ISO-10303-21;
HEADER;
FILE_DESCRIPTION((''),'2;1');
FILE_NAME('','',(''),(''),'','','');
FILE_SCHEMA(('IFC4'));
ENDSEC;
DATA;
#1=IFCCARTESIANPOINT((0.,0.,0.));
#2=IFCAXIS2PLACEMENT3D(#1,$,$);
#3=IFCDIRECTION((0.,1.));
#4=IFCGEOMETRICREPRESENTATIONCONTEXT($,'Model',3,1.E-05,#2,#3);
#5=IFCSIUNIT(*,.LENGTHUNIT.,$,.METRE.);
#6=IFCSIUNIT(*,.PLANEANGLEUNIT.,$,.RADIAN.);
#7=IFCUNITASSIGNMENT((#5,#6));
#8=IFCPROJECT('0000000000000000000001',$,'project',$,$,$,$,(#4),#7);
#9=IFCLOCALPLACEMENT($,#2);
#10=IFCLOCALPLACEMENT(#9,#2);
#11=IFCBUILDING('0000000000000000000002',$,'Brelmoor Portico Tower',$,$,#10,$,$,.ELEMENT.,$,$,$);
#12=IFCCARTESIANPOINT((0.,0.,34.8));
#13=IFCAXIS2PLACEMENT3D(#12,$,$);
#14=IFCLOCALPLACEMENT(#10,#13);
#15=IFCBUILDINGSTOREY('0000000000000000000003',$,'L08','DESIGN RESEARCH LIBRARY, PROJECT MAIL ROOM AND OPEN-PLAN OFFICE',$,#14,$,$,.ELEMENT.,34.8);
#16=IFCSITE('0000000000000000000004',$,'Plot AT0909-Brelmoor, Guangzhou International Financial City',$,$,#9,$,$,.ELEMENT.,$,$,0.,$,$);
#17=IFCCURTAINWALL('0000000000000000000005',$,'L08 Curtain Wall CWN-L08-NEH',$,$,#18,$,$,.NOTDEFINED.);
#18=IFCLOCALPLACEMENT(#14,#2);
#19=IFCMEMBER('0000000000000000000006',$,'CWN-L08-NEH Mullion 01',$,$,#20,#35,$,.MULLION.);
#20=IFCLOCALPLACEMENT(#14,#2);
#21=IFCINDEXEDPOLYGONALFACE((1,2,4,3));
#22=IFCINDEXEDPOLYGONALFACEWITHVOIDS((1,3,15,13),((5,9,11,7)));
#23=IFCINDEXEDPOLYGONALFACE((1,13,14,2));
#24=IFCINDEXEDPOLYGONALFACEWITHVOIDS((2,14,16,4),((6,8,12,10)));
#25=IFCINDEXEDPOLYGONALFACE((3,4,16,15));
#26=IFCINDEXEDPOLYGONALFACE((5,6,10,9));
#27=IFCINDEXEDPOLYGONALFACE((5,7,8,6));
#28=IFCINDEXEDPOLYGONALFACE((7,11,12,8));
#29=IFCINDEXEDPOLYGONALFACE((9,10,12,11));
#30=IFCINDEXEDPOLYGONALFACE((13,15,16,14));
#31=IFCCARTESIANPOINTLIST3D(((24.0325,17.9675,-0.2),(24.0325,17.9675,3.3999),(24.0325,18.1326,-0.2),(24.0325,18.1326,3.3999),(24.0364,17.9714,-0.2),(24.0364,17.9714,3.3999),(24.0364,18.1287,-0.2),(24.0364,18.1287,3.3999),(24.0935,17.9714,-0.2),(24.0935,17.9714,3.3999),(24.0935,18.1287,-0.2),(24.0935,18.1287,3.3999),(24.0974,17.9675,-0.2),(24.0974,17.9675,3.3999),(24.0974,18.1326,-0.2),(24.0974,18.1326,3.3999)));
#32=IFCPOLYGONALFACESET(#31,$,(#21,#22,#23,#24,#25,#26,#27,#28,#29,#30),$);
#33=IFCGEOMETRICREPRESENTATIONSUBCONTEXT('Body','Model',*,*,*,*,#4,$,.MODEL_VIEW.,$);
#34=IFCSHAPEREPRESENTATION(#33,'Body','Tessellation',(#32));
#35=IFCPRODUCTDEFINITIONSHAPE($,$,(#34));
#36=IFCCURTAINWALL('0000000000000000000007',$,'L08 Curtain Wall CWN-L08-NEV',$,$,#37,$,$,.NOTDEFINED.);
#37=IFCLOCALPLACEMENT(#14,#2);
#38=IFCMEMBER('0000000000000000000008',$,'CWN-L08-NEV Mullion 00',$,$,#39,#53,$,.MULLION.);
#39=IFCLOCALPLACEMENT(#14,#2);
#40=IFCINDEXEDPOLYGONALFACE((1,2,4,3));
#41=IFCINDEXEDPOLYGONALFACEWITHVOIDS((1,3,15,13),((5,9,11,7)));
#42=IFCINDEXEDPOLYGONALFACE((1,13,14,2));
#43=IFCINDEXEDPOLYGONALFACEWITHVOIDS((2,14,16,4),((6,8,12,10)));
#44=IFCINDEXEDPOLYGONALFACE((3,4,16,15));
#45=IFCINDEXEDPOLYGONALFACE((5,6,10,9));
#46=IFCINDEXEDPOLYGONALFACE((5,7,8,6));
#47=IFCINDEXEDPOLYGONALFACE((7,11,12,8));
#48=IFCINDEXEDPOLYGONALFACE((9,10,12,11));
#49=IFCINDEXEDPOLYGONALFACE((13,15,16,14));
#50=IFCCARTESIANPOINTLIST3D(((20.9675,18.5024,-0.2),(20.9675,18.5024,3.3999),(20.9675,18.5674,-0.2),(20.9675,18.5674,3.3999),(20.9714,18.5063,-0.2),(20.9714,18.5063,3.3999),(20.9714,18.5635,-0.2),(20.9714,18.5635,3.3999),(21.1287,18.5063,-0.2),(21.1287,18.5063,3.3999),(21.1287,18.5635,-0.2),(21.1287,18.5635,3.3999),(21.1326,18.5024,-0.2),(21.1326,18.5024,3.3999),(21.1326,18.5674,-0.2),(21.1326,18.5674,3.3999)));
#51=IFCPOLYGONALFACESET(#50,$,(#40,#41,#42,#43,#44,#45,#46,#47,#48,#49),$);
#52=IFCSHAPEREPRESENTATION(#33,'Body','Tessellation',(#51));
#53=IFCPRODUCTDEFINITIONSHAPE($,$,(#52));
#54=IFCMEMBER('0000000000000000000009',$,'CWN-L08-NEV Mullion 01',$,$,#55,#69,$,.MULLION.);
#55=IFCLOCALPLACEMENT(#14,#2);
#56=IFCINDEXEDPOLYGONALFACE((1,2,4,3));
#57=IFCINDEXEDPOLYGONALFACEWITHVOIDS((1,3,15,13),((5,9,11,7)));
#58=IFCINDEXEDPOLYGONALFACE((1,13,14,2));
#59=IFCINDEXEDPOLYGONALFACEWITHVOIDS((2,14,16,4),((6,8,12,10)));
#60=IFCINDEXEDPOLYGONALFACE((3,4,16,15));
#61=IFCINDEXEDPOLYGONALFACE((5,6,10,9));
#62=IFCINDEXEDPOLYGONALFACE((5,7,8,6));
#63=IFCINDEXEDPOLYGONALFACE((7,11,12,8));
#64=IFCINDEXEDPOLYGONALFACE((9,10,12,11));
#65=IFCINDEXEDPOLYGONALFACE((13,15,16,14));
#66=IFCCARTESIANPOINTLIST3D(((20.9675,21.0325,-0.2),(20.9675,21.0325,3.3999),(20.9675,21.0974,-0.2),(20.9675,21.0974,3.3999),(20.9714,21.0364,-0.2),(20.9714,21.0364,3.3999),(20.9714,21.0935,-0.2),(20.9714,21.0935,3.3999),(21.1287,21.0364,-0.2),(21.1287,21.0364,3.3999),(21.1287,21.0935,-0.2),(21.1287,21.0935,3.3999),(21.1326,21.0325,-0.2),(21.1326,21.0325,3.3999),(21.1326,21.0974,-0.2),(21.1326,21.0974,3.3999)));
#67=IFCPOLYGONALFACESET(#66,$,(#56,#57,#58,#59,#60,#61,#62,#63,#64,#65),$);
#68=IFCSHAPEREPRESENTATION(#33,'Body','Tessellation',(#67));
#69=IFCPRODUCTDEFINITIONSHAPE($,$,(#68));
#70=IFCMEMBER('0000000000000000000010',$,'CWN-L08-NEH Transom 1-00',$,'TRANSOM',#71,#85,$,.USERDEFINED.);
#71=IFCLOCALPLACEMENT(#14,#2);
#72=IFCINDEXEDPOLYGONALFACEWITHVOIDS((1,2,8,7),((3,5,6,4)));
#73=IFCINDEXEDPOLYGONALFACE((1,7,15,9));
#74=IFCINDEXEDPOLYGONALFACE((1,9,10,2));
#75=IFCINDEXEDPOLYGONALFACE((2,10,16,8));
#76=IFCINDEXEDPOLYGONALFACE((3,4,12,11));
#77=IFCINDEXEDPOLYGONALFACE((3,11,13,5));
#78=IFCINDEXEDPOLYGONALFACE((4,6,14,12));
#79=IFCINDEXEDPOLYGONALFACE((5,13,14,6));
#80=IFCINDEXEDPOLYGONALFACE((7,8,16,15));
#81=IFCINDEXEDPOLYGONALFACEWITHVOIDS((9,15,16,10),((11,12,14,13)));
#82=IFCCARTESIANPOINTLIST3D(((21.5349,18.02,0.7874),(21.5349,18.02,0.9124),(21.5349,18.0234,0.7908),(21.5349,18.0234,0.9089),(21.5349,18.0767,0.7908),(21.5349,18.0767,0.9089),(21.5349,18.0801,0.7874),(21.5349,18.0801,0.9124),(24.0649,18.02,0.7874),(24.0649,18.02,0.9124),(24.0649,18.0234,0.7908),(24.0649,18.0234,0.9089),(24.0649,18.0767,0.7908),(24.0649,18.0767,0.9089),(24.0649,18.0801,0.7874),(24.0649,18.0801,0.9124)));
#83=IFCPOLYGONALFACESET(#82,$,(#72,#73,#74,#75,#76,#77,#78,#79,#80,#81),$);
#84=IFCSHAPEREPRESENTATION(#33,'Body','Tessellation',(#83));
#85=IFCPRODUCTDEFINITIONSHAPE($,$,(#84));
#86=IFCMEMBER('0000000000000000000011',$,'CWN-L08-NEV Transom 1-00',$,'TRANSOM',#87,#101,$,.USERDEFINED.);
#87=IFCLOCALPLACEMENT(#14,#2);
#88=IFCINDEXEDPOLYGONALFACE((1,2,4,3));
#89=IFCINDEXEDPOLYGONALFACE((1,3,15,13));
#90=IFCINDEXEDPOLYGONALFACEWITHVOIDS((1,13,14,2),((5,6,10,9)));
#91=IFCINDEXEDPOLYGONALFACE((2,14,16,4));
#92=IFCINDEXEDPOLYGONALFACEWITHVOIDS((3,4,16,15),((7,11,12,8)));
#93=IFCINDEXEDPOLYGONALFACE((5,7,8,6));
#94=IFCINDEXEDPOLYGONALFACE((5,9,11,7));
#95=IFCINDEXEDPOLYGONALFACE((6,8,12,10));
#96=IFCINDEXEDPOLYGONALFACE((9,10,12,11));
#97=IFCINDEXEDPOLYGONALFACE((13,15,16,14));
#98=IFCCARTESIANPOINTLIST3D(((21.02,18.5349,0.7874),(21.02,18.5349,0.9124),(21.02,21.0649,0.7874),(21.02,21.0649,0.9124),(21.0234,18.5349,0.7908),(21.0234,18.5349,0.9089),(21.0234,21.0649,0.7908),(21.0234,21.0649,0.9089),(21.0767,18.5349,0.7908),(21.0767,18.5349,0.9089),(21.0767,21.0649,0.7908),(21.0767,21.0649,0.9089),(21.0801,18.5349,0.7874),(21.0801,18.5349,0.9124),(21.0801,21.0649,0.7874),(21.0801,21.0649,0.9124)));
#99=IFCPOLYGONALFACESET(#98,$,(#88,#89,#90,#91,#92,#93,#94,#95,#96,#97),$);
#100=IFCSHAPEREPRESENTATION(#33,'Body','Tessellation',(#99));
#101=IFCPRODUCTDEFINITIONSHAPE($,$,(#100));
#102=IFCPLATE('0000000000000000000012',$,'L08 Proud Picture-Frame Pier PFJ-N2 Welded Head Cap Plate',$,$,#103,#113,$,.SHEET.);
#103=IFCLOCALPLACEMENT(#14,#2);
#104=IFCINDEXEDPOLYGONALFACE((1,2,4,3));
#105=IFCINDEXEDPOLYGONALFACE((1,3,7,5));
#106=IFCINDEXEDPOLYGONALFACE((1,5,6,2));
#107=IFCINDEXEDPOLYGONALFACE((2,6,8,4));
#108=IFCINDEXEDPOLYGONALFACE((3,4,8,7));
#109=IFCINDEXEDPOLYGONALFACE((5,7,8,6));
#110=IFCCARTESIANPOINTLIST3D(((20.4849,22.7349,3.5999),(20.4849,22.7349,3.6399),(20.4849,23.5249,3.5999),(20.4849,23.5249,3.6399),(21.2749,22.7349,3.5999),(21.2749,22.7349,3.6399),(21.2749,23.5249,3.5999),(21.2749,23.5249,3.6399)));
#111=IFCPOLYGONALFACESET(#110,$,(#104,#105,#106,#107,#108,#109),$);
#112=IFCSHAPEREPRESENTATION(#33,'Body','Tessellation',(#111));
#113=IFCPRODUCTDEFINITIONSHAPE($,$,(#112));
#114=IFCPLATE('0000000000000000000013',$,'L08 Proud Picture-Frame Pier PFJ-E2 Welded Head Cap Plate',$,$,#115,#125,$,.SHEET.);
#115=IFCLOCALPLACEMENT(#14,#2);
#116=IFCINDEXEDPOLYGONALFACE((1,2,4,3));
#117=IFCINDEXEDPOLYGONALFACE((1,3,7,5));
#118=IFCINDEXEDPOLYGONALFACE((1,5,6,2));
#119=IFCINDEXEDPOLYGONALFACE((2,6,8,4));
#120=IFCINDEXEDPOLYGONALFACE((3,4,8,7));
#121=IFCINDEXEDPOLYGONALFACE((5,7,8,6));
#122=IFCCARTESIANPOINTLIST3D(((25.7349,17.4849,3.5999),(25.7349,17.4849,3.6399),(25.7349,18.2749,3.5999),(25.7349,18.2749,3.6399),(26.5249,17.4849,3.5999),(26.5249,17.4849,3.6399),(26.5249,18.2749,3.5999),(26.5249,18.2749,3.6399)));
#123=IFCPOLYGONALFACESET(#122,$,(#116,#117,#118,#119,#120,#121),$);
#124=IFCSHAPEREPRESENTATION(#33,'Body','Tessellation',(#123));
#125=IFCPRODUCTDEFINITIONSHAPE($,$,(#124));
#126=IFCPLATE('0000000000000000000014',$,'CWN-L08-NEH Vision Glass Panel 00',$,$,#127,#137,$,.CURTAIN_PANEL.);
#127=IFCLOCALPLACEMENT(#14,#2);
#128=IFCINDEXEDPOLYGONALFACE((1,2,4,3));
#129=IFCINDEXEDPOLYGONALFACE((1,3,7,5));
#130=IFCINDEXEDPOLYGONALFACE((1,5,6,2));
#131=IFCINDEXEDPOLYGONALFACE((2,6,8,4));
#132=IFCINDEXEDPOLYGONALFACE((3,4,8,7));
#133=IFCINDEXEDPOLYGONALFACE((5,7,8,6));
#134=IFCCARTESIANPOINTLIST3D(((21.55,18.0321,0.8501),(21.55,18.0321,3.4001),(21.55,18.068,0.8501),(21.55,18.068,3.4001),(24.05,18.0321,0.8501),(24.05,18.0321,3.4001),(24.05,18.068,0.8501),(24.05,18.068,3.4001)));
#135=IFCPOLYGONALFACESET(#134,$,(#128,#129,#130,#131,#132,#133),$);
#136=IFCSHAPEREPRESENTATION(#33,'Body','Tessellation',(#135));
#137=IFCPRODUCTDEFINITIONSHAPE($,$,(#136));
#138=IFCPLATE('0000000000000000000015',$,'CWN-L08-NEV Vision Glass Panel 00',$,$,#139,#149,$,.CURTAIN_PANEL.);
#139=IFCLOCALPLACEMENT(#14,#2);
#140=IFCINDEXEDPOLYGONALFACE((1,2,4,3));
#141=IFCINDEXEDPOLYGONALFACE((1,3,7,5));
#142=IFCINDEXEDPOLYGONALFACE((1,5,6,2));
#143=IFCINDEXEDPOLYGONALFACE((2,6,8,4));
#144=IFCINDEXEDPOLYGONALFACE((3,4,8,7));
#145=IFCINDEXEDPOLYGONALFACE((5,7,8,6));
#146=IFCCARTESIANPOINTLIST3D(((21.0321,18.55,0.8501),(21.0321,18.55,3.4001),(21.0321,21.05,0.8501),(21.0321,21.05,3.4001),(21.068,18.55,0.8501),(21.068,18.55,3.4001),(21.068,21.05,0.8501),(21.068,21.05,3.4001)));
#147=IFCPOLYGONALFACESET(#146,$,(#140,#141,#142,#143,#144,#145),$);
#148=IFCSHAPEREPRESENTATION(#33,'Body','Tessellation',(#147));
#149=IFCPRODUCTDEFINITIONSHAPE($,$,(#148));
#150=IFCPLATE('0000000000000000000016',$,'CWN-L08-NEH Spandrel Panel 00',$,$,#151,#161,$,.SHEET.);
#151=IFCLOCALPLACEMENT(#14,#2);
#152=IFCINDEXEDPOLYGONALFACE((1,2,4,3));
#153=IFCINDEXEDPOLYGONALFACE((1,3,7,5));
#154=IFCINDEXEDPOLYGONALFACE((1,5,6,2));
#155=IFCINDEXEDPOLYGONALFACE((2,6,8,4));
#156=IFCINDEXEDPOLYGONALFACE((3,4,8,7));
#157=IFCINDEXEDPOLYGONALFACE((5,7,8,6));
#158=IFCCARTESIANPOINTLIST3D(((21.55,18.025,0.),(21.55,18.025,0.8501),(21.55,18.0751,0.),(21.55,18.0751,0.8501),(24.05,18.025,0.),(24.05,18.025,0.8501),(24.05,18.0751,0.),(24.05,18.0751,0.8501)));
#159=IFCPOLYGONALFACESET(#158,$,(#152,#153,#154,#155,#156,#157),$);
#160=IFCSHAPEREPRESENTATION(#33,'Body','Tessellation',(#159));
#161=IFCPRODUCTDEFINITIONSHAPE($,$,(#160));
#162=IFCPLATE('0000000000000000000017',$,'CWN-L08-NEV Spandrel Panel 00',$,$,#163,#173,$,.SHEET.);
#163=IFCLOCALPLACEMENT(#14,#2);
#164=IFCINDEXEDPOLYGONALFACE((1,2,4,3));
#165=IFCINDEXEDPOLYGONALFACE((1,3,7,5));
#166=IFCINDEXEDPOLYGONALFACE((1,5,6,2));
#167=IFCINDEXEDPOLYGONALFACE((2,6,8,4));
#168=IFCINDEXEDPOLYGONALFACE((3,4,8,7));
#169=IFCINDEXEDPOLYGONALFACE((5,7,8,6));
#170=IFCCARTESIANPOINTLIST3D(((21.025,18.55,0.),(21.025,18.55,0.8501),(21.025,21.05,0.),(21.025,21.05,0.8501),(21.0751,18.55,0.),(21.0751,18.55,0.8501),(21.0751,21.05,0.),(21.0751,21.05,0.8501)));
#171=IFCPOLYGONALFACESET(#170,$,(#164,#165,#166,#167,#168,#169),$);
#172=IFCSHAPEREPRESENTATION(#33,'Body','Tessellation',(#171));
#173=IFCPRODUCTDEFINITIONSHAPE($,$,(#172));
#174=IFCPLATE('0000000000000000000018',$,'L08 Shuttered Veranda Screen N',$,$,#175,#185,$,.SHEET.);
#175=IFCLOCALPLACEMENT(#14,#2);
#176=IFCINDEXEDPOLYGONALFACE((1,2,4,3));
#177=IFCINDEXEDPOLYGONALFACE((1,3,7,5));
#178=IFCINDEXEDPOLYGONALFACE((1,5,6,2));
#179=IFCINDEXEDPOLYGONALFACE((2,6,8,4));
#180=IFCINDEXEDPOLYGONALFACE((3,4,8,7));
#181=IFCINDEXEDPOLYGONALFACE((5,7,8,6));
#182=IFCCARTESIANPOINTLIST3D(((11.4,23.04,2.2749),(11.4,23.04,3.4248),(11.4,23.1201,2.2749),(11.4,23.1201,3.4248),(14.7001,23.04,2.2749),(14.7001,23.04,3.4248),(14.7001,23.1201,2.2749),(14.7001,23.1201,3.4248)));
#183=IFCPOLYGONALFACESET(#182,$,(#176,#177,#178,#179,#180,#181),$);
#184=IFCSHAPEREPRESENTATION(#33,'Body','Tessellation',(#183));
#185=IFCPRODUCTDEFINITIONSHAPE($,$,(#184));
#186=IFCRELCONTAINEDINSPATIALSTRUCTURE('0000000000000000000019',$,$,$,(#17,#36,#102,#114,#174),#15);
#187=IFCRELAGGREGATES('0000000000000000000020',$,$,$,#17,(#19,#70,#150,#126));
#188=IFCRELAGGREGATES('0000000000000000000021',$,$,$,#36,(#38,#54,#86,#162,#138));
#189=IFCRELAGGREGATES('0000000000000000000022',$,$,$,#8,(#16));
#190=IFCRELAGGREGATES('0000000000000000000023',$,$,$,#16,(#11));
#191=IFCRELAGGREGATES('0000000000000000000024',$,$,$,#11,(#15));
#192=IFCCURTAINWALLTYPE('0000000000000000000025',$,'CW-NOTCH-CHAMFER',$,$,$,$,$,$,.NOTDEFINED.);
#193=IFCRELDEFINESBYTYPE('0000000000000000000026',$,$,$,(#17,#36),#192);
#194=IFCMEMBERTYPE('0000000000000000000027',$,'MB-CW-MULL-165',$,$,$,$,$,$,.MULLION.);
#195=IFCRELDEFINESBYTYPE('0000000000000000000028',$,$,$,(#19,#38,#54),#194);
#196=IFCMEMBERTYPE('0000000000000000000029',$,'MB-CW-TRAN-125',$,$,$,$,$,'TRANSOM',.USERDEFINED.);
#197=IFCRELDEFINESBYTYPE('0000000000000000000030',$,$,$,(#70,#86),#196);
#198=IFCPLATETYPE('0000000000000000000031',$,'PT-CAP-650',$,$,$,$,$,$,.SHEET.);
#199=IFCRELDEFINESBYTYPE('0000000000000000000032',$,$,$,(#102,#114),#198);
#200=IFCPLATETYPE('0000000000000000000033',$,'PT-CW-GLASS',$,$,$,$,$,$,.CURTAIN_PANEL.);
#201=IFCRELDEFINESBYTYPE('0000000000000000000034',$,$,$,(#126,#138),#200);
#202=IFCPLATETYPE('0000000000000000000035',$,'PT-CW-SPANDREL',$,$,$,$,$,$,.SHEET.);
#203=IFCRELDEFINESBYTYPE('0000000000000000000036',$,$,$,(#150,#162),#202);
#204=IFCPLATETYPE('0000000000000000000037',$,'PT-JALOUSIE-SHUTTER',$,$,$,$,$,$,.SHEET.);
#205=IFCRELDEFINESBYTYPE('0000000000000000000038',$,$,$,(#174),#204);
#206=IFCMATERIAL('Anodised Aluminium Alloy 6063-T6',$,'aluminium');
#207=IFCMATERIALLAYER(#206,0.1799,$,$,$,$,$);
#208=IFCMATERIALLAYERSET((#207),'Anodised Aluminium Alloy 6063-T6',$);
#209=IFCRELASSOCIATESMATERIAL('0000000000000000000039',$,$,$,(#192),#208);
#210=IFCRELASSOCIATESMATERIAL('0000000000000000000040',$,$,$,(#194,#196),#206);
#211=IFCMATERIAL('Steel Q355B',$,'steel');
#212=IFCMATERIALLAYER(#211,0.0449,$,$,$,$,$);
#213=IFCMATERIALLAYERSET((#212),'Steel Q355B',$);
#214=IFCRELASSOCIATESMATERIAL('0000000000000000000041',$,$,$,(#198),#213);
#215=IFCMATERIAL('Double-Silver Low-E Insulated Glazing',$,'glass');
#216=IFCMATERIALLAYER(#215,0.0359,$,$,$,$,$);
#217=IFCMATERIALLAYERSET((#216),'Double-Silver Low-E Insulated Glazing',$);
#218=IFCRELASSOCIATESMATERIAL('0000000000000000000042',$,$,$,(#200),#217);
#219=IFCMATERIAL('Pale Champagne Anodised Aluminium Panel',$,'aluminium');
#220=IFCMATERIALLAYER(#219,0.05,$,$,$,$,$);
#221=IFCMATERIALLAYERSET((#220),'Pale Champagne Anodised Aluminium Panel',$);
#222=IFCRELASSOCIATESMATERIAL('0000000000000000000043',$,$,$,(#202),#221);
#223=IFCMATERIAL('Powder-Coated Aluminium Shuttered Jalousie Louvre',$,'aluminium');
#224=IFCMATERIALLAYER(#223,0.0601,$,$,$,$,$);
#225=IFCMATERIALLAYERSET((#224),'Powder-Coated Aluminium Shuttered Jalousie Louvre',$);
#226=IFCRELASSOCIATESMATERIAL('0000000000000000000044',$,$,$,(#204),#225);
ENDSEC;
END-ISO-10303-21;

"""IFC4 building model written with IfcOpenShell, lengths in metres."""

from ifc_helpers import new_model, si_unit, direction, frame, origin, origin_2d, place, context, subcontext, project, spatial, rectangle, hollow_rectangle, extrude, material, layer, layer_set, material_profile, profile_set, type_object, element, aggregate, save


model = new_model("IFC4")

# Units and contexts
model_context = context("Model", 3, precision=1e-05, world=origin(), true_north=direction((0.0, 1.0)))
body_context = subcontext(model_context, "Body", "Model", "MODEL_VIEW")
ifc_project = project(units=[si_unit("LENGTHUNIT", "METRE"), si_unit("PLANEANGLEUNIT", "RADIAN")], contexts=[model_context])

# Site, building, storey
site_placement = place(None, origin())
site = spatial("IfcSite", under=ifc_project, at=site_placement, Name="Plot AT0909-Brelmoor, Guangzhou International Financial City", CompositionType="ELEMENT", RefElevation=0.0)
building_placement = place(site_placement, origin())
building = spatial("IfcBuilding", under=site, at=building_placement, Name="Brelmoor Portico Tower", CompositionType="ELEMENT")
storey_placement = place(building_placement, frame((0.0, 0.0, 34.8)))
storey = spatial("IfcBuildingStorey", under=building, at=storey_placement, Name="L08", Description="DESIGN RESEARCH LIBRARY, PROJECT MAIL ROOM AND OPEN-PLAN OFFICE", CompositionType="ELEMENT", Elevation=34.8)

# Shared definitions
ifc_material_1 = material(Name="Steel Q355B", Category="steel")

# Curtain walls, members
ifc_material_2 = material(Name="Anodised Aluminium Alloy 6063-T6", Category="aluminium")
ifc_layer_1 = layer(ifc_material_2, 0.1799)
ifc_layer_set_1 = layer_set([ifc_layer_1], Name="Anodised Aluminium Alloy 6063-T6")
curtain_wall_type = type_object("IfcCurtainWallType", Name="CW-NOTCH-CHAMFER", PredefinedType="NOTDEFINED", material=ifc_layer_set_1)
curtain_wall_1_placement = place(storey_placement, origin())
curtain_wall_1 = element("IfcCurtainWall", 1, at=curtain_wall_1_placement, inside=storey, type_object=curtain_wall_type, Name="L08 Curtain Wall CWN-L08-NEH", PredefinedType="NOTDEFINED")
ifc_material_profile_1 = material_profile(ifc_material_2, hollow_rectangle(XDim=0.0649, YDim=0.165, WallThickness=0.0039, at=origin_2d()), Name="ALU MULLION 65x165")
ifc_profile_set_1 = profile_set([ifc_material_profile_1], Name="Anodised Aluminium Alloy 6063-T6")
member_type_1 = type_object("IfcMemberType", Name="MB-CW-MULL-165", PredefinedType="MULLION", material=ifc_profile_set_1)
member_1_placement = place(storey_placement, frame((24.0649, 18.05, -0.2), z_axis=(0.0, 0.0, 1.0), x_axis=(1.0, 0.0, 0.0)))
member_1 = element("IfcMember", 2, at=member_1_placement, type_object=member_type_1, Name="CWN-L08-NEH Mullion 01", PredefinedType="MULLION", context=body_context, shape_type="SweptSolid", body=[
    extrude(hollow_rectangle(XDim=0.0649, YDim=0.165, WallThickness=0.0039, at=origin_2d()), origin(), (0.0, 0.0, 1.0), 3.5999),
])
curtain_wall_2_placement = place(storey_placement, origin())
curtain_wall_2 = element("IfcCurtainWall", 3, at=curtain_wall_2_placement, inside=storey, type_object=curtain_wall_type, Name="L08 Curtain Wall CWN-L08-NEV", PredefinedType="NOTDEFINED")
member_2_placement = place(storey_placement, frame((21.05, 18.5349, -0.2), z_axis=(0.0, 0.0, 1.0), x_axis=(0.0, 1.0, 0.0)))
member_2 = element("IfcMember", 4, at=member_2_placement, type_object=member_type_1, Name="CWN-L08-NEV Mullion 00", PredefinedType="MULLION", context=body_context, shape_type="SweptSolid", body=[
    extrude(hollow_rectangle(XDim=0.0649, YDim=0.165, WallThickness=0.0039, at=origin_2d()), origin(), (0.0, 0.0, 1.0), 3.5999),
])
member_3_placement = place(storey_placement, frame((21.05, 21.0649, -0.2), z_axis=(0.0, 0.0, 1.0), x_axis=(0.0, 1.0, 0.0)))
member_3 = element("IfcMember", 5, at=member_3_placement, type_object=member_type_1, Name="CWN-L08-NEV Mullion 01", PredefinedType="MULLION", context=body_context, shape_type="SweptSolid", body=[
    extrude(hollow_rectangle(XDim=0.0649, YDim=0.165, WallThickness=0.0039, at=origin_2d()), origin(), (0.0, 0.0, 1.0), 3.5999),
])

# Members
ifc_material_profile_2 = material_profile(ifc_material_2, hollow_rectangle(XDim=0.0601, YDim=0.125, WallThickness=0.0034, at=origin_2d()), Name="ALU TRANSOM 60x125")
ifc_profile_set_2 = profile_set([ifc_material_profile_2], Name="Anodised Aluminium Alloy 6063-T6")
member_type_2 = type_object("IfcMemberType", Name="MB-CW-TRAN-125", ElementType="TRANSOM", PredefinedType="USERDEFINED", material=ifc_profile_set_2)
member_4_placement = place(storey_placement, frame((21.5349, 18.05, 0.8499), z_axis=(1.0, 0.0, 0.0), x_axis=(0.0, 1.0, 0.0)))
member_4 = element("IfcMember", 6, at=member_4_placement, type_object=member_type_2, Name="CWN-L08-NEH Transom 1-00", ObjectType="TRANSOM", PredefinedType="USERDEFINED", context=body_context, shape_type="SweptSolid", body=[
    extrude(hollow_rectangle(XDim=0.0601, YDim=0.125, WallThickness=0.0034, at=origin_2d()), origin(), (0.0, 0.0, 1.0), 2.53),
])
member_5_placement = place(storey_placement, frame((21.05, 18.5349, 0.8499), z_axis=(0.0, 1.0, 0.0), x_axis=(-1.0, 0.0, 0.0)))
member_5 = element("IfcMember", 7, at=member_5_placement, type_object=member_type_2, Name="CWN-L08-NEV Transom 1-00", ObjectType="TRANSOM", PredefinedType="USERDEFINED", context=body_context, shape_type="SweptSolid", body=[
    extrude(hollow_rectangle(XDim=0.0601, YDim=0.125, WallThickness=0.0034, at=origin_2d()), origin(), (0.0, 0.0, 1.0), 2.53),
])

# Plates
ifc_layer_2 = layer(ifc_material_1, 0.0449)
ifc_layer_set_2 = layer_set([ifc_layer_2], Name="Steel Q355B")
plate_type_1 = type_object("IfcPlateType", Name="PT-CAP-650", PredefinedType="SHEET", material=ifc_layer_set_2)
for number, where, z_axis, x_axis, name in (
    (8, (20.8799, 23.1299, 3.5999), (0.0, 0.0, 1.0), (1.0, 0.0, 0.0), "L08 Proud Picture-Frame Pier PFJ-N2 Welded Head Cap Plate"),
    (9, (26.1299, 17.8799, 3.5999), (0.0, 0.0, 1.0), (0.0, 1.0, 0.0), "L08 Proud Picture-Frame Pier PFJ-E2 Welded Head Cap Plate"),
):
    element("IfcPlate", number, at=place(storey_placement, frame(where, z_axis=z_axis, x_axis=x_axis)), inside=storey, type_object=plate_type_1, Name=name, PredefinedType="SHEET", context=body_context, shape_type="SweptSolid", body=[
        extrude(rectangle(XDim=0.79, YDim=0.79, at=origin_2d()), origin(), (0.0, 0.0, 1.0), 0.04),
    ])

# Plates
ifc_material_3 = material(Name="Double-Silver Low-E Insulated Glazing", Category="glass")
ifc_layer_3 = layer(ifc_material_3, 0.0359)
ifc_layer_set_3 = layer_set([ifc_layer_3], Name="Double-Silver Low-E Insulated Glazing")
plate_type_2 = type_object("IfcPlateType", Name="PT-CW-GLASS", PredefinedType="CURTAIN_PANEL", material=ifc_layer_set_3)
plate_1_placement = place(storey_placement, frame((22.8, 18.05, 0.8501), z_axis=(0.0, 0.0, 1.0), x_axis=(1.0, 0.0, 0.0)))
plate_1 = element("IfcPlate", 10, at=plate_1_placement, type_object=plate_type_2, Name="CWN-L08-NEH Vision Glass Panel 00", PredefinedType="CURTAIN_PANEL", context=body_context, shape_type="SweptSolid", body=[
    extrude(rectangle(XDim=2.5, YDim=0.0359, at=origin_2d()), origin(), (0.0, 0.0, 1.0), 2.55),
])
plate_2_placement = place(storey_placement, frame((21.05, 19.8, 0.8501), z_axis=(0.0, 0.0, 1.0), x_axis=(0.0, 1.0, 0.0)))
plate_2 = element("IfcPlate", 11, at=plate_2_placement, type_object=plate_type_2, Name="CWN-L08-NEV Vision Glass Panel 00", PredefinedType="CURTAIN_PANEL", context=body_context, shape_type="SweptSolid", body=[
    extrude(rectangle(XDim=2.5, YDim=0.0359, at=origin_2d()), origin(), (0.0, 0.0, 1.0), 2.55),
])
ifc_material_4 = material(Name="Pale Champagne Anodised Aluminium Panel", Category="aluminium")
ifc_layer_4 = layer(ifc_material_4, 0.05)
ifc_layer_set_4 = layer_set([ifc_layer_4], Name="Pale Champagne Anodised Aluminium Panel")
plate_type_3 = type_object("IfcPlateType", Name="PT-CW-SPANDREL", PredefinedType="SHEET", material=ifc_layer_set_4)
plate_3_placement = place(storey_placement, frame((22.8, 18.05, 0.0), z_axis=(0.0, 0.0, 1.0), x_axis=(1.0, 0.0, 0.0)))
plate_3 = element("IfcPlate", 12, at=plate_3_placement, type_object=plate_type_3, Name="CWN-L08-NEH Spandrel Panel 00", PredefinedType="SHEET", context=body_context, shape_type="SweptSolid", body=[
    extrude(rectangle(XDim=2.5, YDim=0.05, at=origin_2d()), origin(), (0.0, 0.0, 1.0), 0.8501),
])
aggregate(curtain_wall_1, [member_1, member_4, plate_3, plate_1])
plate_4_placement = place(storey_placement, frame((21.05, 19.8, 0.0), z_axis=(0.0, 0.0, 1.0), x_axis=(0.0, 1.0, 0.0)))
plate_4 = element("IfcPlate", 13, at=plate_4_placement, type_object=plate_type_3, Name="CWN-L08-NEV Spandrel Panel 00", PredefinedType="SHEET", context=body_context, shape_type="SweptSolid", body=[
    extrude(rectangle(XDim=2.5, YDim=0.05, at=origin_2d()), origin(), (0.0, 0.0, 1.0), 0.8501),
])
aggregate(curtain_wall_2, [member_2, member_3, member_5, plate_4, plate_2])
ifc_material_5 = material(Name="Powder-Coated Aluminium Shuttered Jalousie Louvre", Category="aluminium")
ifc_layer_5 = layer(ifc_material_5, 0.0601)
ifc_layer_set_5 = layer_set([ifc_layer_5], Name="Powder-Coated Aluminium Shuttered Jalousie Louvre")
plate_type_4 = type_object("IfcPlateType", Name="PT-JALOUSIE-SHUTTER", PredefinedType="SHEET", material=ifc_layer_set_5)
plate_5_placement = place(storey_placement, frame((13.05, 23.0801, 2.2749), z_axis=(0.0, 0.0, 1.0), x_axis=(1.0, 0.0, 0.0)))
element("IfcPlate", 14, at=plate_5_placement, inside=storey, type_object=plate_type_4, Name="L08 Shuttered Veranda Screen N", PredefinedType="SHEET", context=body_context, shape_type="SweptSolid", body=[
    extrude(rectangle(XDim=3.3, YDim=0.0801, at=origin_2d()), origin(), (0.0, 0.0, 1.0), 1.1499),
])

save(model, "model.ifc")
